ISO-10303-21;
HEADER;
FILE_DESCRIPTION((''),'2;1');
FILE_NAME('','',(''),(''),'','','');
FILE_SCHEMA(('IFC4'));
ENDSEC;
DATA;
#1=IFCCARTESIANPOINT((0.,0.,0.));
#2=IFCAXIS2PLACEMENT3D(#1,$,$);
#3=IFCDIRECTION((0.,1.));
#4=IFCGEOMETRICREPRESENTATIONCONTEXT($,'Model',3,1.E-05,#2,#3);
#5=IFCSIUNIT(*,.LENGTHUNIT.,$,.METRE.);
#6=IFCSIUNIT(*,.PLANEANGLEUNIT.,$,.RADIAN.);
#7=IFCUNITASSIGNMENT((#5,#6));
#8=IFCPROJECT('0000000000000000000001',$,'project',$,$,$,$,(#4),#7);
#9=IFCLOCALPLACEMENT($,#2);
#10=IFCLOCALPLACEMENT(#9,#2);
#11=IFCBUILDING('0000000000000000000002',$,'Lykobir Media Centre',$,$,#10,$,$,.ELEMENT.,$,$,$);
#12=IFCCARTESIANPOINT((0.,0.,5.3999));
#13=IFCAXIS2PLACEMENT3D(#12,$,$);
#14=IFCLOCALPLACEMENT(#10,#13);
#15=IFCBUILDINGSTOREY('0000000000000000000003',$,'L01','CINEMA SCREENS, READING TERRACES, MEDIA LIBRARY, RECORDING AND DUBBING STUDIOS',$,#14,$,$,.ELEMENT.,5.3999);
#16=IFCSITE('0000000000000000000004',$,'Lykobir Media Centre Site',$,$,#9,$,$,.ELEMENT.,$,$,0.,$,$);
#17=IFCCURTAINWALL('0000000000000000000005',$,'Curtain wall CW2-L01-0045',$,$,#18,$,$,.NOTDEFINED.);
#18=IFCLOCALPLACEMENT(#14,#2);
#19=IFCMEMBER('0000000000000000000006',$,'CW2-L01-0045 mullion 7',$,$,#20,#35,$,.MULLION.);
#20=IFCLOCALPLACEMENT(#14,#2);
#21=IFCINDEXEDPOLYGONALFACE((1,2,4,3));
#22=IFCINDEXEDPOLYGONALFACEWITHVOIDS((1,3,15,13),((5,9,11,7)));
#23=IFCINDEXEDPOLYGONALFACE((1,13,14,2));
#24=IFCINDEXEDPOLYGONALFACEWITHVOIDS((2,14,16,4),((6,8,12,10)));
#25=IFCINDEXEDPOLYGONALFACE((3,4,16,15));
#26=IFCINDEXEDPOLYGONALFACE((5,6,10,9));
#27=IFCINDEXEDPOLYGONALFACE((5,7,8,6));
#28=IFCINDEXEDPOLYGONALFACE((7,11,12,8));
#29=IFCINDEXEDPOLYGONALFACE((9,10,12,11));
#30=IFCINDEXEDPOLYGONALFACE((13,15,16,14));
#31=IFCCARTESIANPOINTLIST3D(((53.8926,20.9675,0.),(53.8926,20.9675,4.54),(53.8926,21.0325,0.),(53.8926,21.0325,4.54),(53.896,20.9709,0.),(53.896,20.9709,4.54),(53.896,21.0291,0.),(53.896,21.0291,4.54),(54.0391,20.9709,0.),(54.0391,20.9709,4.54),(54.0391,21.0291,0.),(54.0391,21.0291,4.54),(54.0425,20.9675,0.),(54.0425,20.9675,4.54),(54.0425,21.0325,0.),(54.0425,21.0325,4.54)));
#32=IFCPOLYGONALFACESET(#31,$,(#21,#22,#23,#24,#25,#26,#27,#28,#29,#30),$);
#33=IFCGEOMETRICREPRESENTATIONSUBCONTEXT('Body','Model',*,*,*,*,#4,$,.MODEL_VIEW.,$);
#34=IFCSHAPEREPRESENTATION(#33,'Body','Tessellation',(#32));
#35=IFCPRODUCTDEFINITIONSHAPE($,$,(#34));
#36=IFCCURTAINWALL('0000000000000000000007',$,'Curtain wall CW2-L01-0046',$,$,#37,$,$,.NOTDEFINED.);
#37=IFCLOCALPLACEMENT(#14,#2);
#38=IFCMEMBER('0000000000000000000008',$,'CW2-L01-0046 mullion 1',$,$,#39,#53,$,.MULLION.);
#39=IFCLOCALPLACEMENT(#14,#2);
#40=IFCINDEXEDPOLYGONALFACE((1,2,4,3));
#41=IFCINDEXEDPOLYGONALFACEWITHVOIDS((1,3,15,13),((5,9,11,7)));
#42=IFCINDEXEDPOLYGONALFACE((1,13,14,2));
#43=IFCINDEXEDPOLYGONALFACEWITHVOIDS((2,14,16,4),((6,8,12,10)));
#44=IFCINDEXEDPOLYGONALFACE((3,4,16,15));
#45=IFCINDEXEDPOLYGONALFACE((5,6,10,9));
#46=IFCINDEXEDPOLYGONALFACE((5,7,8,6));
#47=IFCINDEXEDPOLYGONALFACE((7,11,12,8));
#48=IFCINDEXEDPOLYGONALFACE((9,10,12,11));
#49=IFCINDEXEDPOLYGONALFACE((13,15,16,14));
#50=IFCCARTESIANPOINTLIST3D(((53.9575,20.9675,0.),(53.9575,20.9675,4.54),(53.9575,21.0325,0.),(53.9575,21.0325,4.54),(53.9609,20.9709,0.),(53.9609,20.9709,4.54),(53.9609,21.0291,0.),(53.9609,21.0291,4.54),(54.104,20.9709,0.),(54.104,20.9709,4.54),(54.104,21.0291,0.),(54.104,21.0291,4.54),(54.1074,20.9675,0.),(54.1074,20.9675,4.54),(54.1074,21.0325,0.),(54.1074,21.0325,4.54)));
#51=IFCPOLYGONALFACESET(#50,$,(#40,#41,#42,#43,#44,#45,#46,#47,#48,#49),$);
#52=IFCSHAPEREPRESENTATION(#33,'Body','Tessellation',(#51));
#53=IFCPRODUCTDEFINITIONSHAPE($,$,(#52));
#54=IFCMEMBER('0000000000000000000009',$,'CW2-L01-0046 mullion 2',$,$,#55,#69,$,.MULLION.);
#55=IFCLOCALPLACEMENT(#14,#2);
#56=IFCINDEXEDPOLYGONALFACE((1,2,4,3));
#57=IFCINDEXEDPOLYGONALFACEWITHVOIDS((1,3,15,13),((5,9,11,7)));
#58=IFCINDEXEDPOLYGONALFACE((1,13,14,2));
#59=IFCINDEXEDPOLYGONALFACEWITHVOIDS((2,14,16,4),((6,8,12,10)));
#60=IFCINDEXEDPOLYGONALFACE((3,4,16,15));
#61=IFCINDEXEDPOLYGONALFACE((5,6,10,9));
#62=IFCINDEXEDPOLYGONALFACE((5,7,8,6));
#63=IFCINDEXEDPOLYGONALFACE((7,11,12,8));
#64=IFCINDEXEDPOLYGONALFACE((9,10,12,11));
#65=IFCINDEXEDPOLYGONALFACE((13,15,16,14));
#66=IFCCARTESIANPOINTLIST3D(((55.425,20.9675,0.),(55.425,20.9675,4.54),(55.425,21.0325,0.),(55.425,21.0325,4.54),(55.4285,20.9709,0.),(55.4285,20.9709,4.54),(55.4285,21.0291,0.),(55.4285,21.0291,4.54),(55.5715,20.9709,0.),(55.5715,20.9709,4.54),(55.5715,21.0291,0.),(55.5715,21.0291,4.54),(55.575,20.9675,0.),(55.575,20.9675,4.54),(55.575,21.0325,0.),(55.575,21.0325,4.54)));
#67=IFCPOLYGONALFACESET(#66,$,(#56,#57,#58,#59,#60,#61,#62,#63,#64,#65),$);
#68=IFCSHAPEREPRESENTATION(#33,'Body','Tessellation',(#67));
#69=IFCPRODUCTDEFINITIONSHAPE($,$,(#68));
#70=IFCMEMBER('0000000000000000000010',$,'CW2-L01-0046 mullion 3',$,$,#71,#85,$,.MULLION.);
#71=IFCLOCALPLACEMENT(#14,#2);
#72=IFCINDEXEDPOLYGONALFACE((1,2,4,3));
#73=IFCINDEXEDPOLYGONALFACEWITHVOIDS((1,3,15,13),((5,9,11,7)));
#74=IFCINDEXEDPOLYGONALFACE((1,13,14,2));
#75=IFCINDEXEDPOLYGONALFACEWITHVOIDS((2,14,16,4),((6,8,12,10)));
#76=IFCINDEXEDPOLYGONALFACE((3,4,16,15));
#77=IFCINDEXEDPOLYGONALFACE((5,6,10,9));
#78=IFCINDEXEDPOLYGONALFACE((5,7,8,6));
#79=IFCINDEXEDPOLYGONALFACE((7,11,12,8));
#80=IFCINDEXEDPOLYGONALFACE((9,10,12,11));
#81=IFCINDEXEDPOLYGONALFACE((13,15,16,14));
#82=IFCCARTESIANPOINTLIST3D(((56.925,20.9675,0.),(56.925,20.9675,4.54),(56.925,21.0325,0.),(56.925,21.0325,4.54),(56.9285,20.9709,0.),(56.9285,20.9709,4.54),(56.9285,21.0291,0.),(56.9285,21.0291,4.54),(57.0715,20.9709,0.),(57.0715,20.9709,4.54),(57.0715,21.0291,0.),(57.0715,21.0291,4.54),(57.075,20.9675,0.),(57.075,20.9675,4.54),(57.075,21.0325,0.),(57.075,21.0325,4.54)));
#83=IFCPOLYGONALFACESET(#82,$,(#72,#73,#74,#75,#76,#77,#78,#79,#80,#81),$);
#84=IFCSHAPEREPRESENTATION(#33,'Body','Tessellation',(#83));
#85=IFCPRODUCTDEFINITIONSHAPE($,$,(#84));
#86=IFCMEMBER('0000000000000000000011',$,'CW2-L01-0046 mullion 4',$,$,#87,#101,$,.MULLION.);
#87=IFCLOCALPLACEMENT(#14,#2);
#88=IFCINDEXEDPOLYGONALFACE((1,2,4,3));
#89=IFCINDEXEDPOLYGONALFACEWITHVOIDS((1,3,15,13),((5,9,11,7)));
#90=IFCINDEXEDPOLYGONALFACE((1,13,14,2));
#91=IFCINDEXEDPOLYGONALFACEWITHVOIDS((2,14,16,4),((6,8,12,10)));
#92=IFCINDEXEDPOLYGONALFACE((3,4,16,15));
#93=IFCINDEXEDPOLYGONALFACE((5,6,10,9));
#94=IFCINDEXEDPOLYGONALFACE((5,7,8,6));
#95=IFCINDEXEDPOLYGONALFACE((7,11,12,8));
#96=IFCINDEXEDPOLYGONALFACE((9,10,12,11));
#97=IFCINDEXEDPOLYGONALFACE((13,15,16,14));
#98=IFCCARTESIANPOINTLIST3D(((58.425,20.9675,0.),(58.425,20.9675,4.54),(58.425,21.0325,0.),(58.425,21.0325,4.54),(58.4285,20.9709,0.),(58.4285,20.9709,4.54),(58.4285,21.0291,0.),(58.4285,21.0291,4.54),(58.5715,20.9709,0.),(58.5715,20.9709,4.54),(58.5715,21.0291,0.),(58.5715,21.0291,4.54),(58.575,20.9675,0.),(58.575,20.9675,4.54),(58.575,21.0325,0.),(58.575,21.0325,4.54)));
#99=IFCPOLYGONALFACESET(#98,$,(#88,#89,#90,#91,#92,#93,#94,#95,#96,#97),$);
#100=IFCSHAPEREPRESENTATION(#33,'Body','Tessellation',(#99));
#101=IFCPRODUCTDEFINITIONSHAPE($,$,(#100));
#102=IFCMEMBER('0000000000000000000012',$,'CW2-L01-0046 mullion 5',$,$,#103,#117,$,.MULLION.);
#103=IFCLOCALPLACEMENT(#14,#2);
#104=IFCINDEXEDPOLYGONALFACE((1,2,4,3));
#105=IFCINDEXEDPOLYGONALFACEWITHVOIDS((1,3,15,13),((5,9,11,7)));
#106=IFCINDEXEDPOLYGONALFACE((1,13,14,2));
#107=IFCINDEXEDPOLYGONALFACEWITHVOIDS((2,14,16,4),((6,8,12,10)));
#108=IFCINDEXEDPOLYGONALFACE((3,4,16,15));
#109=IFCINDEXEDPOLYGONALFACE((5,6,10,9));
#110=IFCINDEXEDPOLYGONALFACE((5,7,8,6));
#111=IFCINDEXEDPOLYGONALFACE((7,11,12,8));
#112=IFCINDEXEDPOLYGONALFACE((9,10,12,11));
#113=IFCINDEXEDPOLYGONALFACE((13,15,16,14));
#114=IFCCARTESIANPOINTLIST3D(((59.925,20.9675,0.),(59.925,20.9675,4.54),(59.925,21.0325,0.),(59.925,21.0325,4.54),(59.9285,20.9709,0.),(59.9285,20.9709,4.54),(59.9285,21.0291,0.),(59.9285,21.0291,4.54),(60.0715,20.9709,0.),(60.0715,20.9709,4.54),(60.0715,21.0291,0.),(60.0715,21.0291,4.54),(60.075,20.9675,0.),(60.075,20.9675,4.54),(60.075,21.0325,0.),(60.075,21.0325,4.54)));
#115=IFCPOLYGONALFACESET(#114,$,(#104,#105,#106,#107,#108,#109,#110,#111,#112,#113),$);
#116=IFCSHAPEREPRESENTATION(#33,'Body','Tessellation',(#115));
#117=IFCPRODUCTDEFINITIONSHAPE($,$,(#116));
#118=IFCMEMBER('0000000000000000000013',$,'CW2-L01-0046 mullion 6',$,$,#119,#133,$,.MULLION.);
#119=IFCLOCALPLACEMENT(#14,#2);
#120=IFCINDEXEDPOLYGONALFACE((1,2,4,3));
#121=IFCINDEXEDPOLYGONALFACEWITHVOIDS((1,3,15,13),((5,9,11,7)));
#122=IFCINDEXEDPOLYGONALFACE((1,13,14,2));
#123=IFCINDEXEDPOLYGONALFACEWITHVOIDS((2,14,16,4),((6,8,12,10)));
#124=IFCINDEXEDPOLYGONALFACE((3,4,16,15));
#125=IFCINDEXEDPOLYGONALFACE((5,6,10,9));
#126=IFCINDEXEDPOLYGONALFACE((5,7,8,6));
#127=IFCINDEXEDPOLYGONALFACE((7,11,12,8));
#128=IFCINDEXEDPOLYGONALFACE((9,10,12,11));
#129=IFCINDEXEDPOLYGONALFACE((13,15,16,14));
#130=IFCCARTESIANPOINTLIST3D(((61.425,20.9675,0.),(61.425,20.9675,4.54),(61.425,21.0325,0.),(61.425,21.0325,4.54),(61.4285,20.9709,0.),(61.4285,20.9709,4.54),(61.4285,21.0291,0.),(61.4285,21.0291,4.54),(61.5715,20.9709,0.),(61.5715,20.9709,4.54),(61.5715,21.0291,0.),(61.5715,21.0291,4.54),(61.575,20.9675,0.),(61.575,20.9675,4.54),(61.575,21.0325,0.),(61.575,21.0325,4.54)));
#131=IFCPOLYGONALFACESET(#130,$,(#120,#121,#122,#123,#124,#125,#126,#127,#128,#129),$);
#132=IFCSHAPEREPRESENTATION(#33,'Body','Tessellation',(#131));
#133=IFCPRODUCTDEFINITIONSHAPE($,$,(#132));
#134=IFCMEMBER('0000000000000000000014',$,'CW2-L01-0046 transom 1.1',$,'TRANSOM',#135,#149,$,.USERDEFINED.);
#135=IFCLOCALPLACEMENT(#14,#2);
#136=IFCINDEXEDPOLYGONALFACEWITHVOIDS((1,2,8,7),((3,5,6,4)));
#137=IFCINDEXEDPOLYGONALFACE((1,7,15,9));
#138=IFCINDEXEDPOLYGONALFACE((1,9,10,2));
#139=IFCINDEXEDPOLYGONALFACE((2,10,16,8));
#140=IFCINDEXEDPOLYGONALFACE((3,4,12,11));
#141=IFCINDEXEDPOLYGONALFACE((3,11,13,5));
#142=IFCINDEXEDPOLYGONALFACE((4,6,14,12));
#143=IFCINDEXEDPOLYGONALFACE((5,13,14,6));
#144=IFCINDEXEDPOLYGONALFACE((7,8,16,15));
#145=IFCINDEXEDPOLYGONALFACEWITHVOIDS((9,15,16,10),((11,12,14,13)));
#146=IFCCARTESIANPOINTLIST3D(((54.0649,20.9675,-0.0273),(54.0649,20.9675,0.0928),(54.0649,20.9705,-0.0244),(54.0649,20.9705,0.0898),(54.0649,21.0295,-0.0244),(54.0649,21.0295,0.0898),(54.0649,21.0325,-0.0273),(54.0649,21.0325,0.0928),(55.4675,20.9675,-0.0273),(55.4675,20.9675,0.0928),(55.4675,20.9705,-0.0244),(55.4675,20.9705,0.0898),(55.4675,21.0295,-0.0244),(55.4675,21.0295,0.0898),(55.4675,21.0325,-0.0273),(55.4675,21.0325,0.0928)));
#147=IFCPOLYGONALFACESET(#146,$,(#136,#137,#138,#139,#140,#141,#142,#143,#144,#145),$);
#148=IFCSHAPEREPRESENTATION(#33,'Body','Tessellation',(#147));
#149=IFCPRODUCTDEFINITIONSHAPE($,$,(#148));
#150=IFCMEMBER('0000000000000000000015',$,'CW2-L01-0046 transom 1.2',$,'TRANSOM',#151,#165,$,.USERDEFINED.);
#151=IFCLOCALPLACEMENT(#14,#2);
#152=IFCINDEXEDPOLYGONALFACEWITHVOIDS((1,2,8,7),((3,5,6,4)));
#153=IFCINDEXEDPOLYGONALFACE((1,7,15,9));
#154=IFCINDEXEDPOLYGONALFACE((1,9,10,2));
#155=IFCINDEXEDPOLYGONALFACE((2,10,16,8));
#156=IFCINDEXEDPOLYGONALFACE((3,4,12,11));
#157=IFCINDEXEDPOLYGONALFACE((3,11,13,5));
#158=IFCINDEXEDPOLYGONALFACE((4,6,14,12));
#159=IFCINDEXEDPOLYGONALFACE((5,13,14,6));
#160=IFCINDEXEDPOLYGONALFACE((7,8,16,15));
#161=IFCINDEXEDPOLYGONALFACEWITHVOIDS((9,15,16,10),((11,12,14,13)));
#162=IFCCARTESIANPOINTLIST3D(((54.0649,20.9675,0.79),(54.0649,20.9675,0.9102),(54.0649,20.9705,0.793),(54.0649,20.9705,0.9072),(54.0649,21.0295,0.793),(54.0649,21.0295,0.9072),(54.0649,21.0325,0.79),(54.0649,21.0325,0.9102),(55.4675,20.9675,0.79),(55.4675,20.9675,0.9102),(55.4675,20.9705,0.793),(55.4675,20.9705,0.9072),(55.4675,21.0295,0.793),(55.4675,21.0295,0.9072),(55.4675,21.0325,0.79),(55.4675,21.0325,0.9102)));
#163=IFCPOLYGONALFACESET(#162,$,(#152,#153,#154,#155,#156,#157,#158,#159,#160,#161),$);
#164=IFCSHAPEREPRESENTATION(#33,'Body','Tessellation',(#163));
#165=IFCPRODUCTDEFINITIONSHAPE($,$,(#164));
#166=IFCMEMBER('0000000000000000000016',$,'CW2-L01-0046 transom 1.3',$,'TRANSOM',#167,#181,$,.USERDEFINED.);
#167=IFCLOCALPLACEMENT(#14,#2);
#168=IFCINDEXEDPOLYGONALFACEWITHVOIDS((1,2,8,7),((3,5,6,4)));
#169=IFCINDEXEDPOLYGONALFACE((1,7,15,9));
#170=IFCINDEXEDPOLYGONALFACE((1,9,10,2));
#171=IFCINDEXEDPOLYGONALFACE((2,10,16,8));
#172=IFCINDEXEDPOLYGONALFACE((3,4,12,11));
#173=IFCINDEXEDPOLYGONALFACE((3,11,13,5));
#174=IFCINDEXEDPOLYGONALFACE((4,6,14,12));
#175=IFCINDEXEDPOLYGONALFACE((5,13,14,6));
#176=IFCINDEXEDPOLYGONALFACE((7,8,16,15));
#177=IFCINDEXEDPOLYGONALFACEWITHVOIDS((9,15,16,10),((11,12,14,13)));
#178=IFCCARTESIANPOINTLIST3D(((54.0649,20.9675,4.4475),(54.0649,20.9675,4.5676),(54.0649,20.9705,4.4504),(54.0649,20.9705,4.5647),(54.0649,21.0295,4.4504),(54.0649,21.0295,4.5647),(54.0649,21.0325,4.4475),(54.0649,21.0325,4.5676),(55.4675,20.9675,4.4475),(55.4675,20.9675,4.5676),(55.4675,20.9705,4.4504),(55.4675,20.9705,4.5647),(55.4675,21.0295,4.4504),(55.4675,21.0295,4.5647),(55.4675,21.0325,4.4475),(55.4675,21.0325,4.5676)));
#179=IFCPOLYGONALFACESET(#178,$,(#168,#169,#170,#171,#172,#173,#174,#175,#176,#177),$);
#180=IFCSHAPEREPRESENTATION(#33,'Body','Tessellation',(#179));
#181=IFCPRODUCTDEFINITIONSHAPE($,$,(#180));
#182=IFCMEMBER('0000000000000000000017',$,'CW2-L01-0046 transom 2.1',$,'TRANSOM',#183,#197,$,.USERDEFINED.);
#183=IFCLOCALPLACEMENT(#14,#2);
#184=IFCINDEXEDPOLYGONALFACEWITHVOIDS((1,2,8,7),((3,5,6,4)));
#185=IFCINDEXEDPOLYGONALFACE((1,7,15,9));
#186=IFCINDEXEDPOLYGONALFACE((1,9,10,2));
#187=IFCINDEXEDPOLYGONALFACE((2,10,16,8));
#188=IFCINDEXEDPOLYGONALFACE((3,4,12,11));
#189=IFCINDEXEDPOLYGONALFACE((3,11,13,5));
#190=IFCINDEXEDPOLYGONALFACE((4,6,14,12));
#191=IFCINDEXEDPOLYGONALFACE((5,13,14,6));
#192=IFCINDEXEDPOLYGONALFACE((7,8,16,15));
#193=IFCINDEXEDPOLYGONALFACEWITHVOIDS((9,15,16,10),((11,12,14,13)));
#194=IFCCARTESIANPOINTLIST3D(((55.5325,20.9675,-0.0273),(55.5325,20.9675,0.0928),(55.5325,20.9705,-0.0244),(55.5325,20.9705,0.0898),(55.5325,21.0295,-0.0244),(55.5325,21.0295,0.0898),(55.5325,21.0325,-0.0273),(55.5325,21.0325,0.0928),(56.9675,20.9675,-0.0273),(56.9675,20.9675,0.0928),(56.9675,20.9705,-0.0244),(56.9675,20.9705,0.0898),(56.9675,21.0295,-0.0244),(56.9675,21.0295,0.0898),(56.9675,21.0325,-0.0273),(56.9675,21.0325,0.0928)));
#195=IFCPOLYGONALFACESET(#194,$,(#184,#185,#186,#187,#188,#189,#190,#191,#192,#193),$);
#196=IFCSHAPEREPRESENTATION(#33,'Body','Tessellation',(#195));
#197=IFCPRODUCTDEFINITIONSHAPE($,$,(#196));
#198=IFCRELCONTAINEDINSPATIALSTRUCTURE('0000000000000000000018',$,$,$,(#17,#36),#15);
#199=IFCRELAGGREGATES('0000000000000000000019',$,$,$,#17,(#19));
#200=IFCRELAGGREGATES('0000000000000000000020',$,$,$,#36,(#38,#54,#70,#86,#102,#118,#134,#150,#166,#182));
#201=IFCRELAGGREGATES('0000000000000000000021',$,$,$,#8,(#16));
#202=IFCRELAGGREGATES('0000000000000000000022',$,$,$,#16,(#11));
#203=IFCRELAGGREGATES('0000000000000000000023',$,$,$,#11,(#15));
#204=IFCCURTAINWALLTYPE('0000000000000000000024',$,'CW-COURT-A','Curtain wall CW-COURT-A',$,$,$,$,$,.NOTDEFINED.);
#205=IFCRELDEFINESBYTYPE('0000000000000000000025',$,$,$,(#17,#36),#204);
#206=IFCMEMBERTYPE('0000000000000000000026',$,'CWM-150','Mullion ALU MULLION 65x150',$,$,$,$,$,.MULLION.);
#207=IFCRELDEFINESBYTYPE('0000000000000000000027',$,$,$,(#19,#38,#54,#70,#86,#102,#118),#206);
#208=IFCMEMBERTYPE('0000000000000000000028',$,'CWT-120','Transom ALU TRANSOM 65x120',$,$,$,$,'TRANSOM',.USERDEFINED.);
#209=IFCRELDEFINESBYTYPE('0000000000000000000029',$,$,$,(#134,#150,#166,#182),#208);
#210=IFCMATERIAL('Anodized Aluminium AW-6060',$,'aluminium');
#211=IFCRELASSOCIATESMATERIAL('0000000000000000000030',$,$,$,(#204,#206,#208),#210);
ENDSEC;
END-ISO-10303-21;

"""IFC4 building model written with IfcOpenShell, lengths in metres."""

from ifc_helpers import new_model, si_unit, direction, frame, origin, origin_2d, place, context, subcontext, project, spatial, hollow_rectangle, extrude, material, material_profile, profile_set, type_object, element, aggregate, save


model = new_model("IFC4")

# Units and contexts
model_context = context("Model", 3, precision=1e-05, world=origin(), true_north=direction((0.0, 1.0)))
body_context = subcontext(model_context, "Body", "Model", "MODEL_VIEW")
ifc_project = project(units=[si_unit("LENGTHUNIT", "METRE"), si_unit("PLANEANGLEUNIT", "RADIAN")], contexts=[model_context])

# Site, building, storey
site_placement = place(None, origin())
site = spatial("IfcSite", under=ifc_project, at=site_placement, Name="Lykobir Media Centre Site", CompositionType="ELEMENT", RefElevation=0.0)
building_placement = place(site_placement, origin())
building = spatial("IfcBuilding", under=site, at=building_placement, Name="Lykobir Media Centre", CompositionType="ELEMENT")
storey_placement = place(building_placement, frame((0.0, 0.0, 5.3999)))
storey = spatial("IfcBuildingStorey", under=building, at=storey_placement, Name="L01", Description="CINEMA SCREENS, READING TERRACES, MEDIA LIBRARY, RECORDING AND DUBBING STUDIOS", CompositionType="ELEMENT", Elevation=5.3999)

# Curtain wall, member
ifc_material_1 = material(Name="Anodized Aluminium AW-6060", Category="aluminium")
curtain_wall_type = type_object("IfcCurtainWallType", Name="CW-COURT-A", Description="Curtain wall CW-COURT-A", PredefinedType="NOTDEFINED", material=ifc_material_1)
curtain_wall_1_placement = place(storey_placement, origin())
curtain_wall_1 = element("IfcCurtainWall", 1, at=curtain_wall_1_placement, inside=storey, type_object=curtain_wall_type, Name="Curtain wall CW2-L01-0045", PredefinedType="NOTDEFINED")
ifc_material_profile_1 = material_profile(ifc_material_1, hollow_rectangle(XDim=0.0649, YDim=0.1499, WallThickness=0.0034, at=origin_2d()), Name="ALU MULLION 65x150")
ifc_profile_set_1 = profile_set([ifc_material_profile_1], Name="Anodized Aluminium AW-6060")
member_type_1 = type_object("IfcMemberType", Name="CWM-150", Description="Mullion ALU MULLION 65x150", PredefinedType="MULLION", material=ifc_profile_set_1)
member_1_placement = place(storey_placement, frame((53.9675, 21.0, 0.0), z_axis=(0.0, 0.0, 1.0), x_axis=(0.0, 1.0, 0.0)))
member_1 = element("IfcMember", 2, at=member_1_placement, type_object=member_type_1, Name="CW2-L01-0045 mullion 7", PredefinedType="MULLION", context=body_context, shape_type="SweptSolid", body=[
    extrude(hollow_rectangle(XDim=0.0649, YDim=0.1499, WallThickness=0.0034, at=origin_2d()), origin(), (0.0, 0.0, 1.0), 4.54),
])

# Curtain wall, members
curtain_wall_2_placement = place(storey_placement, origin())
curtain_wall_2 = element("IfcCurtainWall", 3, at=curtain_wall_2_placement, inside=storey, type_object=curtain_wall_type, Name="Curtain wall CW2-L01-0046", PredefinedType="NOTDEFINED")
member_2_placement = place(storey_placement, frame((54.0325, 21.0, 0.0), z_axis=(0.0, 0.0, 1.0), x_axis=(0.0, 1.0, 0.0)))
member_2 = element("IfcMember", 4, at=member_2_placement, type_object=member_type_1, Name="CW2-L01-0046 mullion 1", PredefinedType="MULLION", context=body_context, shape_type="SweptSolid", body=[
    extrude(hollow_rectangle(XDim=0.0649, YDim=0.1499, WallThickness=0.0034, at=origin_2d()), origin(), (0.0, 0.0, 1.0), 4.54),
])
member_3_placement = place(storey_placement, frame((55.5, 21.0, 0.0), z_axis=(0.0, 0.0, 1.0), x_axis=(0.0, 1.0, 0.0)))
member_3 = element("IfcMember", 5, at=member_3_placement, type_object=member_type_1, Name="CW2-L01-0046 mullion 2", PredefinedType="MULLION", context=body_context, shape_type="SweptSolid", body=[
    extrude(hollow_rectangle(XDim=0.0649, YDim=0.1499, WallThickness=0.0034, at=origin_2d()), origin(), (0.0, 0.0, 1.0), 4.54),
])
member_4_placement = place(storey_placement, frame((57.0, 21.0, 0.0), z_axis=(0.0, 0.0, 1.0), x_axis=(0.0, 1.0, 0.0)))
member_4 = element("IfcMember", 6, at=member_4_placement, type_object=member_type_1, Name="CW2-L01-0046 mullion 3", PredefinedType="MULLION", context=body_context, shape_type="SweptSolid", body=[
    extrude(hollow_rectangle(XDim=0.0649, YDim=0.1499, WallThickness=0.0034, at=origin_2d()), origin(), (0.0, 0.0, 1.0), 4.54),
])
member_5_placement = place(storey_placement, frame((58.5, 21.0, 0.0), z_axis=(0.0, 0.0, 1.0), x_axis=(0.0, 1.0, 0.0)))
member_5 = element("IfcMember", 7, at=member_5_placement, type_object=member_type_1, Name="CW2-L01-0046 mullion 4", PredefinedType="MULLION", context=body_context, shape_type="SweptSolid", body=[
    extrude(hollow_rectangle(XDim=0.0649, YDim=0.1499, WallThickness=0.0034, at=origin_2d()), origin(), (0.0, 0.0, 1.0), 4.54),
])
member_6_placement = place(storey_placement, frame((60.0, 21.0, 0.0), z_axis=(0.0, 0.0, 1.0), x_axis=(0.0, 1.0, 0.0)))
member_6 = element("IfcMember", 8, at=member_6_placement, type_object=member_type_1, Name="CW2-L01-0046 mullion 5", PredefinedType="MULLION", context=body_context, shape_type="SweptSolid", body=[
    extrude(hollow_rectangle(XDim=0.0649, YDim=0.1499, WallThickness=0.0034, at=origin_2d()), origin(), (0.0, 0.0, 1.0), 4.54),
])
member_7_placement = place(storey_placement, frame((61.5, 21.0, 0.0), z_axis=(0.0, 0.0, 1.0), x_axis=(0.0, 1.0, 0.0)))
member_7 = element("IfcMember", 9, at=member_7_placement, type_object=member_type_1, Name="CW2-L01-0046 mullion 6", PredefinedType="MULLION", context=body_context, shape_type="SweptSolid", body=[
    extrude(hollow_rectangle(XDim=0.0649, YDim=0.1499, WallThickness=0.0034, at=origin_2d()), origin(), (0.0, 0.0, 1.0), 4.54),
])
ifc_material_profile_2 = material_profile(ifc_material_1, hollow_rectangle(XDim=0.0649, YDim=0.1201, WallThickness=0.0029, at=origin_2d()), Name="ALU TRANSOM 65x120")
ifc_profile_set_2 = profile_set([ifc_material_profile_2], Name="Anodized Aluminium AW-6060")
member_type_2 = type_object("IfcMemberType", Name="CWT-120", Description="Transom ALU TRANSOM 65x120", ElementType="TRANSOM", PredefinedType="USERDEFINED", material=ifc_profile_set_2)
member_8_placement = place(storey_placement, frame((54.0649, 21.0, 0.0327), z_axis=(1.0, 0.0, 0.0), x_axis=(0.0, 1.0, 0.0)))
member_8 = element("IfcMember", 10, at=member_8_placement, type_object=member_type_2, Name="CW2-L01-0046 transom 1.1", ObjectType="TRANSOM", PredefinedType="USERDEFINED", context=body_context, shape_type="SweptSolid", body=[
    extrude(hollow_rectangle(XDim=0.0649, YDim=0.1201, WallThickness=0.0029, at=origin_2d()), origin(), (0.0, 0.0, 1.0), 1.4026),
])
member_9_placement = place(storey_placement, frame((54.0649, 21.0, 0.8501), z_axis=(1.0, 0.0, 0.0), x_axis=(0.0, 1.0, 0.0)))
member_9 = element("IfcMember", 11, at=member_9_placement, type_object=member_type_2, Name="CW2-L01-0046 transom 1.2", ObjectType="TRANSOM", PredefinedType="USERDEFINED", context=body_context, shape_type="SweptSolid", body=[
    extrude(hollow_rectangle(XDim=0.0649, YDim=0.1201, WallThickness=0.0029, at=origin_2d()), origin(), (0.0, 0.0, 1.0), 1.4026),
])
member_10_placement = place(storey_placement, frame((54.0649, 21.0, 4.5076), z_axis=(1.0, 0.0, 0.0), x_axis=(0.0, 1.0, 0.0)))
member_10 = element("IfcMember", 12, at=member_10_placement, type_object=member_type_2, Name="CW2-L01-0046 transom 1.3", ObjectType="TRANSOM", PredefinedType="USERDEFINED", context=body_context, shape_type="SweptSolid", body=[
    extrude(hollow_rectangle(XDim=0.0649, YDim=0.1201, WallThickness=0.0029, at=origin_2d()), origin(), (0.0, 0.0, 1.0), 1.4026),
])
member_11_placement = place(storey_placement, frame((55.5325, 21.0, 0.0327), z_axis=(1.0, 0.0, 0.0), x_axis=(0.0, 1.0, 0.0)))
member_11 = element("IfcMember", 13, at=member_11_placement, type_object=member_type_2, Name="CW2-L01-0046 transom 2.1", ObjectType="TRANSOM", PredefinedType="USERDEFINED", context=body_context, shape_type="SweptSolid", body=[
    extrude(hollow_rectangle(XDim=0.0649, YDim=0.1201, WallThickness=0.0029, at=origin_2d()), origin(), (0.0, 0.0, 1.0), 1.4351),
])

aggregate(curtain_wall_1, [member_1])
aggregate(curtain_wall_2, [member_2, member_3, member_4, member_5, member_6, member_7, member_8, member_9, member_10, member_11])

save(model, "model.ifc")
